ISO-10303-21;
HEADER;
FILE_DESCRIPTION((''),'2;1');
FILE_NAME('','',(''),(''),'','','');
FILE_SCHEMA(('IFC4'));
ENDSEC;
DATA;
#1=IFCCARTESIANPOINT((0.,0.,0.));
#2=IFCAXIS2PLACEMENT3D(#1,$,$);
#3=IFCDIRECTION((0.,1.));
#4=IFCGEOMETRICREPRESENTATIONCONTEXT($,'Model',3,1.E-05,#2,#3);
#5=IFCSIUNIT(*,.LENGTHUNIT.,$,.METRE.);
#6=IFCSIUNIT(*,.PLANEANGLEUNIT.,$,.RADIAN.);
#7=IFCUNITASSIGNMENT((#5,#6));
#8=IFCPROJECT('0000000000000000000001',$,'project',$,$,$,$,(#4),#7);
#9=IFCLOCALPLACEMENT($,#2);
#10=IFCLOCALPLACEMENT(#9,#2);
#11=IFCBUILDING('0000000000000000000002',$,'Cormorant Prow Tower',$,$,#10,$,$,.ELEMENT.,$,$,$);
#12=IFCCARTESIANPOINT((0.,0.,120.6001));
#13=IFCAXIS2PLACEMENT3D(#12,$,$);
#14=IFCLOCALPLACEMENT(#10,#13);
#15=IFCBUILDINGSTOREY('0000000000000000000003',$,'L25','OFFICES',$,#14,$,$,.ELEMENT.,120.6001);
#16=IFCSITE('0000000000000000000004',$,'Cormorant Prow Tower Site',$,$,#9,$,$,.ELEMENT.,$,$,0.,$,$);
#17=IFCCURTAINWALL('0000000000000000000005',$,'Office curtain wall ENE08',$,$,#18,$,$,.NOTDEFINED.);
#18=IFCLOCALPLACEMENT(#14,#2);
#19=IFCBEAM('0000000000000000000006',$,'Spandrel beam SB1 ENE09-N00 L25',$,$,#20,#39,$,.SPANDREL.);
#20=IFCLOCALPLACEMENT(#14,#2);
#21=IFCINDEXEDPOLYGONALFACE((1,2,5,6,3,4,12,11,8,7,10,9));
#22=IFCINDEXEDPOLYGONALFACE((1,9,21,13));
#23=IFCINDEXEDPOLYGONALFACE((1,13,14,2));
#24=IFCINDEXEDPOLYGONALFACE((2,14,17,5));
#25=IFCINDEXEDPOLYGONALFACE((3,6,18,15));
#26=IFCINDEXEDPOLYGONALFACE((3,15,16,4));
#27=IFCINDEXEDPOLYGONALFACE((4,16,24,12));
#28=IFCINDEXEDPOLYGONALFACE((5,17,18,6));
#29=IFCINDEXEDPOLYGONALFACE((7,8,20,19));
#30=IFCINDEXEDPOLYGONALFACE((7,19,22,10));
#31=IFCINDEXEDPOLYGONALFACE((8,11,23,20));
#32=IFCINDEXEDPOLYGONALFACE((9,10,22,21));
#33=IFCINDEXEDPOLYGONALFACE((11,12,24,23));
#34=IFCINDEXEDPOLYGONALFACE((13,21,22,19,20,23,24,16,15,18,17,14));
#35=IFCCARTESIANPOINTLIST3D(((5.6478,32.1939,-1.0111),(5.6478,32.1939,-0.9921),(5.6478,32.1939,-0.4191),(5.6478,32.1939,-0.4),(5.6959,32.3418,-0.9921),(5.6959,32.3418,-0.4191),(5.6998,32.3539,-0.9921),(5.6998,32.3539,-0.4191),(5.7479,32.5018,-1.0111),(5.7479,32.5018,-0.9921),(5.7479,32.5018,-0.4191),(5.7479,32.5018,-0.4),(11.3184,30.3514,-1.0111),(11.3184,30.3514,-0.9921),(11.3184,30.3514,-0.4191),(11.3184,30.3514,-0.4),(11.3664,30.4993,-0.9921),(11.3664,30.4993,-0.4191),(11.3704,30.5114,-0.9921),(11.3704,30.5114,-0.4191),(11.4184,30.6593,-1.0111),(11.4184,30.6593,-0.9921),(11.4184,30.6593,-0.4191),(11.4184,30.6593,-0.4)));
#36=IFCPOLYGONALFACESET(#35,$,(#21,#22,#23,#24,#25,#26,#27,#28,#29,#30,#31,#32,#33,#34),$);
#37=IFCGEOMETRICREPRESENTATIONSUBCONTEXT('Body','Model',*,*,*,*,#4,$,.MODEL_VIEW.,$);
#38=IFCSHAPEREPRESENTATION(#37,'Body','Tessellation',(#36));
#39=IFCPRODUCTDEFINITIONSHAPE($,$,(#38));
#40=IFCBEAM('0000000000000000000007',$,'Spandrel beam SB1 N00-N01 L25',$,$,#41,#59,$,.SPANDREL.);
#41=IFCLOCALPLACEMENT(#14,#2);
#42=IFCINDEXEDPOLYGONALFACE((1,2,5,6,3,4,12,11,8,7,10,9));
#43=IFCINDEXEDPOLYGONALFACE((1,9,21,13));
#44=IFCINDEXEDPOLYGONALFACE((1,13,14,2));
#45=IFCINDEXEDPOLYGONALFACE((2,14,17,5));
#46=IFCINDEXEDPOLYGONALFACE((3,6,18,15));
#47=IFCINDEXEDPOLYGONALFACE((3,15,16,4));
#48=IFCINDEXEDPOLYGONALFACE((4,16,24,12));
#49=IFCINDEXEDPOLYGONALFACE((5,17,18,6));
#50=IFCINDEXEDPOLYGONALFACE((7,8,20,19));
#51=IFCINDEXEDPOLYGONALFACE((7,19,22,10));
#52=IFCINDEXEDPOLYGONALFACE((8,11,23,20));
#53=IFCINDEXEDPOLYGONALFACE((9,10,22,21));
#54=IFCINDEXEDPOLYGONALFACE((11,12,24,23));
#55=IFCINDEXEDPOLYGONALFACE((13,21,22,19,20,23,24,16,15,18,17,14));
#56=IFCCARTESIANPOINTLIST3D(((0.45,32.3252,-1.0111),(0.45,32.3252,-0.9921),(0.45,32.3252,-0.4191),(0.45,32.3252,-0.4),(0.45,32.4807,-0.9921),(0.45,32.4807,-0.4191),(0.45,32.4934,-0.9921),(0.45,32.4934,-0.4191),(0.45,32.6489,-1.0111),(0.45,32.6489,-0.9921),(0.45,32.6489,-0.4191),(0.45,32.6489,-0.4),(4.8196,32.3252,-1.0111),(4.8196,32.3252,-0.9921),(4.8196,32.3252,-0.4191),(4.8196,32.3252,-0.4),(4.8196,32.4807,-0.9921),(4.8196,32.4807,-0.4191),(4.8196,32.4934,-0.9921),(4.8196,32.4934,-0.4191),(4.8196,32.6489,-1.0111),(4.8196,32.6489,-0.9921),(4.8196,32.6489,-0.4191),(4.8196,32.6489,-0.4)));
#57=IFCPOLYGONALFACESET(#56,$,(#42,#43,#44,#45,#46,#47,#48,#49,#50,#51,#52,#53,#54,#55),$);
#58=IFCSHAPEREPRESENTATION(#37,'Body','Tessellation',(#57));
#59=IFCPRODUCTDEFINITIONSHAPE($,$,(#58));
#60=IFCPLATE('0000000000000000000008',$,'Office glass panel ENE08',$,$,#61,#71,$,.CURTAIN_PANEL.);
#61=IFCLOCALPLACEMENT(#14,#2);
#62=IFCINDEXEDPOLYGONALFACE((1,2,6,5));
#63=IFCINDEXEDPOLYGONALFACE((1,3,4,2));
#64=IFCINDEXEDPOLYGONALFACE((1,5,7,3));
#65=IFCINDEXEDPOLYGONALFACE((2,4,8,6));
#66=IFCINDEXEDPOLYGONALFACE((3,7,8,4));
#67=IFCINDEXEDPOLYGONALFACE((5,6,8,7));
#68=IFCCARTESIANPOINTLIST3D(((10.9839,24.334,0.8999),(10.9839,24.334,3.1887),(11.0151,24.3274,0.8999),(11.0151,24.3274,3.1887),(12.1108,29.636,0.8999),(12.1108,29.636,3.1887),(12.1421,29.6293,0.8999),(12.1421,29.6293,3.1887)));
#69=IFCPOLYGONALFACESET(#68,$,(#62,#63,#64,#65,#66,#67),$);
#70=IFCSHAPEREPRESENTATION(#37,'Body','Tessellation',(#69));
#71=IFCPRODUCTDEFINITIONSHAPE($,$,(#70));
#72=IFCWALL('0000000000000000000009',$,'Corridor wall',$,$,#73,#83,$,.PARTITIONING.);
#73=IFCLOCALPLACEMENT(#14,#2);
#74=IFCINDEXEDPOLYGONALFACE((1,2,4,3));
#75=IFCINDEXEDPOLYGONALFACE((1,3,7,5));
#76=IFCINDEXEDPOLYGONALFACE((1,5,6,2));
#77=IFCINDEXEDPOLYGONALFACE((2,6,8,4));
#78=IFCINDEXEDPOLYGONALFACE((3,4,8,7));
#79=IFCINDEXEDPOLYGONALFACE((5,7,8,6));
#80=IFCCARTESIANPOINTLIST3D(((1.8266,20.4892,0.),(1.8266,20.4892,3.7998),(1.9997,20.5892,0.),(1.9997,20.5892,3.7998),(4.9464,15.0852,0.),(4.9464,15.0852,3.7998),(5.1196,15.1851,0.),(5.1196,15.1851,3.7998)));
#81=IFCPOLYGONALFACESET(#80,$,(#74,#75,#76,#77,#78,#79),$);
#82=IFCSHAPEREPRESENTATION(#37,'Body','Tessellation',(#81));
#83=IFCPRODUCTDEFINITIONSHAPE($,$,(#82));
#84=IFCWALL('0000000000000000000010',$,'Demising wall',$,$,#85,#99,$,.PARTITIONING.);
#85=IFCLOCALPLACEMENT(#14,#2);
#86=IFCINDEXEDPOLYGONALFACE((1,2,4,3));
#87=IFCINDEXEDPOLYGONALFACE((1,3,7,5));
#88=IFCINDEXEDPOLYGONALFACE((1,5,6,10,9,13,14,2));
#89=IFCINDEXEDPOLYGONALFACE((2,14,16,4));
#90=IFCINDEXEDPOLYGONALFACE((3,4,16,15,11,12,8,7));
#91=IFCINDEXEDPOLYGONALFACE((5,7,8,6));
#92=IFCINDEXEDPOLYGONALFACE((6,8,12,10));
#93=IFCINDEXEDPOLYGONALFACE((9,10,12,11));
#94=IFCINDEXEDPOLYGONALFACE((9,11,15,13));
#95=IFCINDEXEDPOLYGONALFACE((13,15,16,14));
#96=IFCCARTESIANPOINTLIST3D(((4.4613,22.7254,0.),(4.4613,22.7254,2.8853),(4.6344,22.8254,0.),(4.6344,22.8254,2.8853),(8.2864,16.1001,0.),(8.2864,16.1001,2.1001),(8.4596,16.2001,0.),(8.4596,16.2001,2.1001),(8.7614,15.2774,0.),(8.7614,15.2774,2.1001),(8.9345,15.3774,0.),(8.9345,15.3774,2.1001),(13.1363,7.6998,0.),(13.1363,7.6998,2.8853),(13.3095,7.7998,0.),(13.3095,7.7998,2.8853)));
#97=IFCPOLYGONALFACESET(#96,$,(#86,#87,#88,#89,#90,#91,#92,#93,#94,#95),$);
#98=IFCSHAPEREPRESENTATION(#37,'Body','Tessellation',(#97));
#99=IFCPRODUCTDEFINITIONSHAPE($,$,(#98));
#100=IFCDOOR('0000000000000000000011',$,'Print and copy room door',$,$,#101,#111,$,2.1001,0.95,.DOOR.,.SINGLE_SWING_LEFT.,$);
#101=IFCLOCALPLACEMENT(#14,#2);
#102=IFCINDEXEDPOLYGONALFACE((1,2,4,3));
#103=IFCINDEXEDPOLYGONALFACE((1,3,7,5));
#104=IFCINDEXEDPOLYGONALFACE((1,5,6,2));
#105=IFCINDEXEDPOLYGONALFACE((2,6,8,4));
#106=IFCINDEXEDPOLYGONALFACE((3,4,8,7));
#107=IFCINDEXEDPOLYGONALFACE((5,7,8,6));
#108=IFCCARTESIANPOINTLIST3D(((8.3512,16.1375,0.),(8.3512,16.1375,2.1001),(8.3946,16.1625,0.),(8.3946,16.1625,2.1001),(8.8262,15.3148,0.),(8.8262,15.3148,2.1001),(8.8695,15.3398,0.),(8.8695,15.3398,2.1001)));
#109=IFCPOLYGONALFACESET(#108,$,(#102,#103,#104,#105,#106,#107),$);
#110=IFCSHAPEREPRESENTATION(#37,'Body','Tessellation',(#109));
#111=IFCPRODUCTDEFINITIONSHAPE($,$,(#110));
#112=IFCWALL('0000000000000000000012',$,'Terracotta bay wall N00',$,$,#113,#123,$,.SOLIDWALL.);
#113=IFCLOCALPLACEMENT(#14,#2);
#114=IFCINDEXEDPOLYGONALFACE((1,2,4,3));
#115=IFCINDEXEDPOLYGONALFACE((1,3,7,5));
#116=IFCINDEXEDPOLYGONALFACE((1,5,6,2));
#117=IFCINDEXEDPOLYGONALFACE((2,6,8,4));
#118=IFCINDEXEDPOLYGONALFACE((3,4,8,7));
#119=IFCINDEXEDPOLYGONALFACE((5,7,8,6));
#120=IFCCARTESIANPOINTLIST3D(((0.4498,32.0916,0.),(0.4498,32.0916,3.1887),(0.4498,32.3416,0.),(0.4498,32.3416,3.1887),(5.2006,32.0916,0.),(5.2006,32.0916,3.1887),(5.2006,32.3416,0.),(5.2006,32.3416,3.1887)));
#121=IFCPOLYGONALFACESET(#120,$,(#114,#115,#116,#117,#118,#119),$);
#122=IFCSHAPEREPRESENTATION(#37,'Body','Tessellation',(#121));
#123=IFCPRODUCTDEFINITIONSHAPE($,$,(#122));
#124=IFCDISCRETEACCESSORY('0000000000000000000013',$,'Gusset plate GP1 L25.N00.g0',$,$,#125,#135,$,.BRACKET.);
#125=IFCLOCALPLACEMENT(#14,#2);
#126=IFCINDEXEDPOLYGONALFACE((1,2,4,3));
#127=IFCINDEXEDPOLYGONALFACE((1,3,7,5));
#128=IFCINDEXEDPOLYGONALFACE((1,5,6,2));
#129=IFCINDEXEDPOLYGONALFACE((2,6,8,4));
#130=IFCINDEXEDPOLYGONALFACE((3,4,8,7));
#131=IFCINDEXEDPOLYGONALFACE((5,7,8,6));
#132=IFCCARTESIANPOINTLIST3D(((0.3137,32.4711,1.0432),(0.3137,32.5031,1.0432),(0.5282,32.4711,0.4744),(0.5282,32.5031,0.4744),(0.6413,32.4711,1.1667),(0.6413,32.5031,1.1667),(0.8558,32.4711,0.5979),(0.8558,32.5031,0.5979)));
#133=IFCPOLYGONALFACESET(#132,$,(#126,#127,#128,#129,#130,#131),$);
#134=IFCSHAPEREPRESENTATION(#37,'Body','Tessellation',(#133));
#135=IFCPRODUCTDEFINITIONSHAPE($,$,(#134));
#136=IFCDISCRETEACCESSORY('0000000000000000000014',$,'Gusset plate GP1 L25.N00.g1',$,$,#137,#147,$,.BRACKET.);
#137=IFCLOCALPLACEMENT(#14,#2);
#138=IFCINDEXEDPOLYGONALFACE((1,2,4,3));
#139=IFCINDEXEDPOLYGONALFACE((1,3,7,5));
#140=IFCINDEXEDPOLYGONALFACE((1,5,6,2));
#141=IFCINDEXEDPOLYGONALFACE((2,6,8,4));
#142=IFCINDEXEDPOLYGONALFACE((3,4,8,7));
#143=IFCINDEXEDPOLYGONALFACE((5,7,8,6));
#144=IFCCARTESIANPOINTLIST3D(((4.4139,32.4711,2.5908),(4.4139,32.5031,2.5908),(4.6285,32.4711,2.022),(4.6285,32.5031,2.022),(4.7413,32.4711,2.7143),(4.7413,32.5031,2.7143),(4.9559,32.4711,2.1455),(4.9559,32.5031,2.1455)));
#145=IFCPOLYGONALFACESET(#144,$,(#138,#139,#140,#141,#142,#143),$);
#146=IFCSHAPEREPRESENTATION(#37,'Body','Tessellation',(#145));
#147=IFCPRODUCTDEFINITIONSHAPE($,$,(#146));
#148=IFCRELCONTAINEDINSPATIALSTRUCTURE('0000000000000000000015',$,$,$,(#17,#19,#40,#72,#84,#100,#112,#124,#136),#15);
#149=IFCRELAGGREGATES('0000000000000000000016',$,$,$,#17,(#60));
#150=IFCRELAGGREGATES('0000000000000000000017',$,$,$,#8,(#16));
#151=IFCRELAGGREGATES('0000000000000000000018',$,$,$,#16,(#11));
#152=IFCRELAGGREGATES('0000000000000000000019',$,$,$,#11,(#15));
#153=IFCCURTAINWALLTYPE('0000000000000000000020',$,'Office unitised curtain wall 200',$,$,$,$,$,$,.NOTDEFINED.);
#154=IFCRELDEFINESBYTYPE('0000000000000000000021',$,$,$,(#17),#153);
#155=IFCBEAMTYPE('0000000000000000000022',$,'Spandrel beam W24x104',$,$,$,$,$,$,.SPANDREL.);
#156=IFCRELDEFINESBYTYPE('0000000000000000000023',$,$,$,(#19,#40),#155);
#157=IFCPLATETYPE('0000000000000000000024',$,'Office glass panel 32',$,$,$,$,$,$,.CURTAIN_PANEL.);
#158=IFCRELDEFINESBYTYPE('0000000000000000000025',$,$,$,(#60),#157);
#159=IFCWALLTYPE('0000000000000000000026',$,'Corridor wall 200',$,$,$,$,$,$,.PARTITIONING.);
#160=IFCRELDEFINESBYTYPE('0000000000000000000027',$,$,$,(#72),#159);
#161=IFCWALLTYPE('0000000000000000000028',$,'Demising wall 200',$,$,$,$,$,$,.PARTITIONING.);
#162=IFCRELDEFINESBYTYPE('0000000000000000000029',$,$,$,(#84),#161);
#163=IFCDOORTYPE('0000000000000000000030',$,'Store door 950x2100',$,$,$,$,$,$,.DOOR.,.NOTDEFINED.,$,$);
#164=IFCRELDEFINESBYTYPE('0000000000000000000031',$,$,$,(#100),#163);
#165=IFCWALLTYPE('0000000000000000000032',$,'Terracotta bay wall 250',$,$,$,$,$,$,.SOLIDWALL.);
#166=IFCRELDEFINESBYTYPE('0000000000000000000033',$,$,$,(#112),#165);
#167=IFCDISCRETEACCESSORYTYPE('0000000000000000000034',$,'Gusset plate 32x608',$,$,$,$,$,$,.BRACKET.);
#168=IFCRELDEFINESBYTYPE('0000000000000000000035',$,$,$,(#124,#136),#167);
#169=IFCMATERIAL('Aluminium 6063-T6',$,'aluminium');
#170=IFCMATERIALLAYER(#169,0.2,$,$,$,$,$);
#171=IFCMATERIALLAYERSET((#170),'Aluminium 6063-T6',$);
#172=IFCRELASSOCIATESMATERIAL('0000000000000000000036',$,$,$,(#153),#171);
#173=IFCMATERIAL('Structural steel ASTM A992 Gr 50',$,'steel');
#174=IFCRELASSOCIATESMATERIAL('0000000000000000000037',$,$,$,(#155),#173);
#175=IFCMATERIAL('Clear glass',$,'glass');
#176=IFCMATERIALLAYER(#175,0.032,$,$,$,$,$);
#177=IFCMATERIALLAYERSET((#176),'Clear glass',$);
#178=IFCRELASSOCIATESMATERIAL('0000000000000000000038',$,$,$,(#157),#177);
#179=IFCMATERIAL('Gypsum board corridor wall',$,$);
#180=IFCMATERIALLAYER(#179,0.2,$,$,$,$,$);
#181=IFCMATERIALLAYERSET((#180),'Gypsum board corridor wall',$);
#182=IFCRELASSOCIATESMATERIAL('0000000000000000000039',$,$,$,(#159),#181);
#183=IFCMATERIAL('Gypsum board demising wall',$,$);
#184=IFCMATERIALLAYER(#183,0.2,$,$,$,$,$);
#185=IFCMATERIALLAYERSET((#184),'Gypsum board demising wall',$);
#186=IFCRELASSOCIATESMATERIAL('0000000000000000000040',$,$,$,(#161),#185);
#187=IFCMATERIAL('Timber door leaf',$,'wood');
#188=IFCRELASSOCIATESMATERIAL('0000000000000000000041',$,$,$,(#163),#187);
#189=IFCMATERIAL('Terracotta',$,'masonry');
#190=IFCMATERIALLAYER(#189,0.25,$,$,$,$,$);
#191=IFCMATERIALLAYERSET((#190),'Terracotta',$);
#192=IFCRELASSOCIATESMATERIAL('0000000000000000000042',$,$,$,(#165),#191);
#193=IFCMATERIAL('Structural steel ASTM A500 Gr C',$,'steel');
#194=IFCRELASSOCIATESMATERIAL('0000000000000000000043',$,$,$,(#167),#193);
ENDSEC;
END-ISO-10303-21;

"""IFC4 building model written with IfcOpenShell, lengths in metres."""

from ifc_helpers import new_model, si_unit, direction, frame, frame_2d, origin, origin_2d, place, context, subcontext, project, spatial, rectangle, i_section, extrude, material, layer, layer_set, material_profile, profile_set, type_object, element, fill, aggregate, save


model = new_model("IFC4")

# Units and contexts
model_context = context("Model", 3, precision=1e-05, world=origin(), true_north=direction((0.0, 1.0)))
body_context = subcontext(model_context, "Body", "Model", "MODEL_VIEW")
ifc_project = project(units=[si_unit("LENGTHUNIT", "METRE"), si_unit("PLANEANGLEUNIT", "RADIAN")], contexts=[model_context])

# Site, building, storey
site_placement = place(None, origin())
site = spatial("IfcSite", under=ifc_project, at=site_placement, Name="Cormorant Prow Tower Site", CompositionType="ELEMENT", RefElevation=0.0)
building_placement = place(site_placement, origin())
building = spatial("IfcBuilding", under=site, at=building_placement, Name="Cormorant Prow Tower", CompositionType="ELEMENT")
storey_placement = place(building_placement, frame((0.0, 0.0, 120.6001)))
storey = spatial("IfcBuildingStorey", under=building, at=storey_placement, Name="L25", Description="OFFICES", CompositionType="ELEMENT", Elevation=120.6001)

# Curtain wall
ifc_material_1 = material(Name="Aluminium 6063-T6", Category="aluminium")
ifc_layer_1 = layer(ifc_material_1, 0.2)
ifc_layer_set_1 = layer_set([ifc_layer_1], Name="Aluminium 6063-T6")
curtain_wall_type = type_object("IfcCurtainWallType", Name="Office unitised curtain wall 200", PredefinedType="NOTDEFINED", material=ifc_layer_set_1)
curtain_wall_placement = place(storey_placement, origin())
curtain_wall = element("IfcCurtainWall", 1, at=curtain_wall_placement, inside=storey, type_object=curtain_wall_type, Name="Office curtain wall ENE08", PredefinedType="NOTDEFINED")

# Beams
ifc_material_2 = material(Name="Structural steel ASTM A992 Gr 50", Category="steel")
ifc_material_profile_1 = material_profile(ifc_material_2, i_section(OverallWidth=0.3237, OverallDepth=0.6111, WebThickness=0.0127, FlangeThickness=0.019, at=origin_2d()), Name="W24x104")
ifc_profile_set_1 = profile_set([ifc_material_profile_1], Name="Structural steel ASTM A992 Gr 50")
beam_type_1 = type_object("IfcBeamType", Name="Spandrel beam W24x104", PredefinedType="SPANDREL", material=ifc_profile_set_1)
beam_1_placement = place(storey_placement, frame((11.3684, 30.5054, -0.7056), z_axis=(-0.951055, 0.30902, 0.0), x_axis=(-0.30902, -0.951055, 0.0)))
element("IfcBeam", 2, at=beam_1_placement, inside=storey, type_object=beam_type_1, Name="Spandrel beam SB1 ENE09-N00 L25", PredefinedType="SPANDREL", context=body_context, shape_type="SweptSolid", body=[
    extrude(i_section(OverallWidth=0.3237, OverallDepth=0.6111, WebThickness=0.0127, FlangeThickness=0.019, at=origin_2d()), origin(), (0.0, 0.0, 1.0), 5.9624),
])
beam_2_placement = place(storey_placement, frame((4.8196, 32.4871, -0.7056), z_axis=(-1.0, 0.0, 0.0), x_axis=(0.0, -1.0, 0.0)))
element("IfcBeam", 3, at=beam_2_placement, inside=storey, type_object=beam_type_1, Name="Spandrel beam SB1 N00-N01 L25", PredefinedType="SPANDREL", context=body_context, shape_type="SweptSolid", body=[
    extrude(i_section(OverallWidth=0.3237, OverallDepth=0.6111, WebThickness=0.0127, FlangeThickness=0.019, at=origin_2d()), origin(), (0.0, 0.0, 1.0), 4.3696),
])

# Plate
ifc_material_3 = material(Name="Clear glass", Category="glass")
ifc_layer_2 = layer(ifc_material_3, 0.032)
ifc_layer_set_2 = layer_set([ifc_layer_2], Name="Clear glass")
plate_type = type_object("IfcPlateType", Name="Office glass panel 32", PredefinedType="CURTAIN_PANEL", material=ifc_layer_set_2)
plate_placement = place(storey_placement, frame((11.563, 26.9817, 0.8999), z_axis=(0.0, 0.0, 1.0), x_axis=(0.207912, 0.978148, 0.0)))
plate = element("IfcPlate", 4, at=plate_placement, type_object=plate_type, Name="Office glass panel ENE08", PredefinedType="CURTAIN_PANEL", context=body_context, shape_type="SweptSolid", body=[
    extrude(rectangle(XDim=5.4204, YDim=0.032, at=origin_2d()), origin(), (0.0, 0.0, 1.0), 2.2888),
])
aggregate(curtain_wall, [plate])

# Wall
ifc_material_4 = material(Name="Gypsum board corridor wall")
ifc_layer_3 = layer(ifc_material_4, 0.2)
ifc_layer_set_3 = layer_set([ifc_layer_3], Name="Gypsum board corridor wall")
wall_type_1 = type_object("IfcWallType", Name="Corridor wall 200", PredefinedType="PARTITIONING", material=ifc_layer_set_3)
wall_1_placement = place(storey_placement, frame((1.9131, 20.5393, 0.0), z_axis=(0.0, 0.0, 1.0), x_axis=(0.499981, -0.866036, 0.0)))
element("IfcWall", 5, at=wall_1_placement, inside=storey, type_object=wall_type_1, Name="Corridor wall", PredefinedType="PARTITIONING", context=body_context, shape_type="SweptSolid", body=[
    extrude(rectangle(XDim=6.24, YDim=0.2, at=frame_2d((3.1201, 0.0))), origin(), (0.0, 0.0, 1.0), 3.7998),
])

# Wall, opening, door
ifc_material_5 = material(Name="Gypsum board demising wall")
ifc_layer_4 = layer(ifc_material_5, 0.2)
ifc_layer_set_4 = layer_set([ifc_layer_4], Name="Gypsum board demising wall")
wall_type_2 = type_object("IfcWallType", Name="Demising wall 200", PredefinedType="PARTITIONING", material=ifc_layer_set_4)
wall_2_placement = place(storey_placement, frame((4.5479, 22.7754, 0.0), z_axis=(0.0, 0.0, 1.0), x_axis=(0.5, -0.866026, 0.0)))
wall_2 = element("IfcWall", 6, at=wall_2_placement, inside=storey, type_object=wall_type_2, Name="Demising wall", PredefinedType="PARTITIONING", context=body_context, shape_type="SweptSolid", body=[
    extrude(rectangle(XDim=17.3501, YDim=0.2, at=frame_2d((8.675, 0.0))), origin(), (0.0, 0.0, 1.0), 2.8853),
])
opening_1_placement = place(wall_2_placement, frame((7.6501, 0.0, 0.0)))
opening_1 = element("IfcOpeningElement", 7, at=opening_1_placement, cuts=wall_2, PredefinedType="OPENING", context=body_context, shape_type="SweptSolid", body=[
    extrude(rectangle(XDim=0.95, YDim=2.1001, at=frame_2d((0.4751, 1.05))), frame((0.0, 0.1099, 0.0), z_axis=(0.0, -1.0, 0.0), x_axis=(1.0, 0.0, 0.0)), (0.0, 0.0, 1.0), 0.22),
])
ifc_material_6 = material(Name="Timber door leaf", Category="wood")
door_type_1 = type_object("IfcDoorType", Name="Store door 950x2100", OperationType="NOTDEFINED", PredefinedType="DOOR", material=ifc_material_6)
door_1_placement = place(opening_1_placement, origin())
door_1 = element("IfcDoor", 8, at=door_1_placement, inside=storey, type_object=door_type_1, Name="Print and copy room door", OperationType="SINGLE_SWING_LEFT", OverallHeight=2.1001, OverallWidth=0.95, PredefinedType="DOOR", context=body_context, shape_type="SweptSolid", body=[
    extrude(rectangle(XDim=0.95, YDim=2.1001, at=frame_2d((0.4751, 1.05))), frame((0.0, 0.0249, 0.0), z_axis=(0.0, -1.0, 0.0), x_axis=(1.0, 0.0, 0.0)), (0.0, 0.0, 1.0), 0.05),
])
fill(opening_1, door_1)

# Wall
ifc_material_7 = material(Name="Terracotta", Category="masonry")
ifc_layer_5 = layer(ifc_material_7, 0.25)
ifc_layer_set_5 = layer_set([ifc_layer_5], Name="Terracotta")
wall_type_3 = type_object("IfcWallType", Name="Terracotta bay wall 250", PredefinedType="SOLIDWALL", material=ifc_layer_set_5)
wall_3_placement = place(storey_placement, frame((5.2007, 32.2166, 0.0), z_axis=(0.0, 0.0, 1.0), x_axis=(-1.0, 0.0, 0.0)))
element("IfcWall", 9, at=wall_3_placement, inside=storey, type_object=wall_type_3, Name="Terracotta bay wall N00", PredefinedType="SOLIDWALL", context=body_context, shape_type="SweptSolid", body=[
    extrude(rectangle(XDim=4.7507, YDim=0.25, at=frame_2d((2.3755, 0.0))), origin(), (0.0, 0.0, 1.0), 3.1887),
])

# Discrete accessories
ifc_material_8 = material(Name="Structural steel ASTM A500 Gr C", Category="steel")
ifc_material_profile_2 = material_profile(ifc_material_8, rectangle(XDim=0.032, YDim=0.6079, at=origin_2d()), Name="Gusset plate 32x608")
ifc_profile_set_2 = profile_set([ifc_material_profile_2], Name="Structural steel ASTM A500 Gr C")
discrete_accessory_type = type_object("IfcDiscreteAccessoryType", Name="Gusset plate 32x608", PredefinedType="BRACKET", material=ifc_profile_set_2)
discrete_accessory_1_placement = place(storey_placement, frame((0.7485, 32.4871, 0.8823), z_axis=(-0.935697, 0.0, -0.352804), x_axis=(0.0, -1.0, 0.0)))
element("IfcDiscreteAccessory", 10, at=discrete_accessory_1_placement, inside=storey, type_object=discrete_accessory_type, Name="Gusset plate GP1 L25.N00.g0", PredefinedType="BRACKET", context=body_context, shape_type="SweptSolid", body=[
    extrude(rectangle(XDim=0.032, YDim=0.6079, at=origin_2d()), origin(), (0.0, 0.0, 1.0), 0.3501),
])
discrete_accessory_2_placement = place(storey_placement, frame((4.5212, 32.4871, 2.3064), z_axis=(0.93561, 0.0, 0.353034), x_axis=(0.0, 1.0, 0.0)))
element("IfcDiscreteAccessory", 11, at=discrete_accessory_2_placement, inside=storey, type_object=discrete_accessory_type, Name="Gusset plate GP1 L25.N00.g1", PredefinedType="BRACKET", context=body_context, shape_type="SweptSolid", body=[
    extrude(rectangle(XDim=0.032, YDim=0.6079, at=origin_2d()), origin(), (0.0, 0.0, 1.0), 0.3499),
])

save(model, "model.ifc")
